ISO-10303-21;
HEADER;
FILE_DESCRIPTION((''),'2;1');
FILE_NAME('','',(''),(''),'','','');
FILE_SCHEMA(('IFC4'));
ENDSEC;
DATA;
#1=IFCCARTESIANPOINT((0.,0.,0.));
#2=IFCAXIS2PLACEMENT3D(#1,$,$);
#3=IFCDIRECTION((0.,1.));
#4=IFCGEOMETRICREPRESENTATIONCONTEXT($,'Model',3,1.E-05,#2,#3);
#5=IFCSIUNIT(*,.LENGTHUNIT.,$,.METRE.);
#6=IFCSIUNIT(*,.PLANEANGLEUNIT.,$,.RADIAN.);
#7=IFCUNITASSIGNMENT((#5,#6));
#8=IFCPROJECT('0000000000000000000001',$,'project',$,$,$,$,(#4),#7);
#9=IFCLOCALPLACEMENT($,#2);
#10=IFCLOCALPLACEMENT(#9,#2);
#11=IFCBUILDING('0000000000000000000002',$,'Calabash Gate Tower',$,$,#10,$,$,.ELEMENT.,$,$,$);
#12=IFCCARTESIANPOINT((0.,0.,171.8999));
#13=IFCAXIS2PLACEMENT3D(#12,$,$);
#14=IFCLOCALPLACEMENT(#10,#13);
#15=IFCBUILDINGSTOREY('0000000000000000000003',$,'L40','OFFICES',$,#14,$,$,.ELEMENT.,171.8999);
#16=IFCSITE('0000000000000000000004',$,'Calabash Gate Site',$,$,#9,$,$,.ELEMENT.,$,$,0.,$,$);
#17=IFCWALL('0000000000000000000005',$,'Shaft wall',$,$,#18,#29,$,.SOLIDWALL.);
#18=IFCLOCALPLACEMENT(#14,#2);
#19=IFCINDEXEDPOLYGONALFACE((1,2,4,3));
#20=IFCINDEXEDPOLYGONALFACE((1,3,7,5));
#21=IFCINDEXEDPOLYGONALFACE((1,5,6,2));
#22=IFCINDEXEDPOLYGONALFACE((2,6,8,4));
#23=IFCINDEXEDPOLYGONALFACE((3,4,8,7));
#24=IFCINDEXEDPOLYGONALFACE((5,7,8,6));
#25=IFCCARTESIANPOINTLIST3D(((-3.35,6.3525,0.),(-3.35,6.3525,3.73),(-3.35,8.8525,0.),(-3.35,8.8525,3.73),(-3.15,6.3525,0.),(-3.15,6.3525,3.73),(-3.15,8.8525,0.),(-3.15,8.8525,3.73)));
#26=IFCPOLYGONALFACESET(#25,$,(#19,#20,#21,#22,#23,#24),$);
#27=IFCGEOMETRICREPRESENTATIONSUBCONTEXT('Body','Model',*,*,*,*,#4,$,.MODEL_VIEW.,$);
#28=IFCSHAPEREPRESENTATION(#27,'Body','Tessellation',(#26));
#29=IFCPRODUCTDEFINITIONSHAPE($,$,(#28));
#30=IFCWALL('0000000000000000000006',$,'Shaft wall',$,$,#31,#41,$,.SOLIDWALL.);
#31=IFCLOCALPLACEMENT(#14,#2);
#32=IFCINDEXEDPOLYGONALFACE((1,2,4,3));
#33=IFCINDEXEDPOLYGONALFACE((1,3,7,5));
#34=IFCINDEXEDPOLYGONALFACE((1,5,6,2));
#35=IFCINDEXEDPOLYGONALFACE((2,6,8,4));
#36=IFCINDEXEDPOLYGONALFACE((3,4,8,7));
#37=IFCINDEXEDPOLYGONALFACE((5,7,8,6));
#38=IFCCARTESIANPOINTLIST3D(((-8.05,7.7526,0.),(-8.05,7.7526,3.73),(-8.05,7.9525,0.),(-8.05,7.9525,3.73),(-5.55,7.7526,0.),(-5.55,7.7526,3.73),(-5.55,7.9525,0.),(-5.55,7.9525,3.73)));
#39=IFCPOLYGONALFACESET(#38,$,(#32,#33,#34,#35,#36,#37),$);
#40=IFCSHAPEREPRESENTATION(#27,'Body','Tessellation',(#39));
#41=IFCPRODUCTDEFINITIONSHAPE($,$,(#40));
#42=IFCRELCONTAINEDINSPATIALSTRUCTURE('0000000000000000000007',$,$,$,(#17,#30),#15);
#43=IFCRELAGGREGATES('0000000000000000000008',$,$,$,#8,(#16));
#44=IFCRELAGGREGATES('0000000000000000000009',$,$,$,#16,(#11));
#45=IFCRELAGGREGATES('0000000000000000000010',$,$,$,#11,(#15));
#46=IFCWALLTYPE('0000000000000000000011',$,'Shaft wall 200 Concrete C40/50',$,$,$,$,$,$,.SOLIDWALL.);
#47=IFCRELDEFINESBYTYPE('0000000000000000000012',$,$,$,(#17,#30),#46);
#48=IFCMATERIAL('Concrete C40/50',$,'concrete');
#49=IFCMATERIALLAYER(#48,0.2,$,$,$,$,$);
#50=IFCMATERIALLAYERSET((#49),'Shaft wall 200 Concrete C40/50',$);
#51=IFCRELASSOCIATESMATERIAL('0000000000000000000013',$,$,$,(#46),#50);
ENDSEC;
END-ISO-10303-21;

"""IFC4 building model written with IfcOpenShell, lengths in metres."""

from ifc_helpers import new_model, si_unit, direction, frame, frame_2d, origin, place, context, subcontext, project, spatial, rectangle, extrude, material, layer, layer_set, type_object, element, save


model = new_model("IFC4")

# Units and contexts
model_context = context("Model", 3, precision=1e-05, world=origin(), true_north=direction((0.0, 1.0)))
body_context = subcontext(model_context, "Body", "Model", "MODEL_VIEW")
ifc_project = project(units=[si_unit("LENGTHUNIT", "METRE"), si_unit("PLANEANGLEUNIT", "RADIAN")], contexts=[model_context])

# Site, building, storey
site_placement = place(None, origin())
site = spatial("IfcSite", under=ifc_project, at=site_placement, Name="Calabash Gate Site", CompositionType="ELEMENT", RefElevation=0.0)
building_placement = place(site_placement, origin())
building = spatial("IfcBuilding", under=site, at=building_placement, Name="Calabash Gate Tower", CompositionType="ELEMENT")
storey_placement = place(building_placement, frame((0.0, 0.0, 171.8999)))
storey = spatial("IfcBuildingStorey", under=building, at=storey_placement, Name="L40", Description="OFFICES", CompositionType="ELEMENT", Elevation=171.8999)

# Walls
ifc_material_1 = material(Name="Concrete C40/50", Category="concrete")
ifc_layer_1 = layer(ifc_material_1, 0.2)
ifc_layer_set_1 = layer_set([ifc_layer_1], Name="Shaft wall 200 Concrete C40/50")
wall_type_1 = type_object("IfcWallType", Name="Shaft wall 200 Concrete C40/50", PredefinedType="SOLIDWALL", material=ifc_layer_set_1)
for number, where, z_axis, x_axis, name in (
    (1, (-3.25, 6.3525, 0.0), (0.0, 0.0, 1.0), (0.0, 1.0, 0.0), "Shaft wall"),
    (2, (-8.05, 7.8525, 0.0), (0.0, 0.0, 1.0), (1.0, 0.0, 0.0), "Shaft wall"),
):
    element("IfcWall", number, at=place(storey_placement, frame(where, z_axis=z_axis, x_axis=x_axis)), inside=storey, type_object=wall_type_1, Name=name, PredefinedType="SOLIDWALL", context=body_context, shape_type="SweptSolid", body=[
        extrude(rectangle(XDim=2.5, YDim=0.2, at=frame_2d((1.25, 0.0))), origin(), (0.0, 0.0, 1.0), 3.73),
    ])

save(model, "model.ifc")
